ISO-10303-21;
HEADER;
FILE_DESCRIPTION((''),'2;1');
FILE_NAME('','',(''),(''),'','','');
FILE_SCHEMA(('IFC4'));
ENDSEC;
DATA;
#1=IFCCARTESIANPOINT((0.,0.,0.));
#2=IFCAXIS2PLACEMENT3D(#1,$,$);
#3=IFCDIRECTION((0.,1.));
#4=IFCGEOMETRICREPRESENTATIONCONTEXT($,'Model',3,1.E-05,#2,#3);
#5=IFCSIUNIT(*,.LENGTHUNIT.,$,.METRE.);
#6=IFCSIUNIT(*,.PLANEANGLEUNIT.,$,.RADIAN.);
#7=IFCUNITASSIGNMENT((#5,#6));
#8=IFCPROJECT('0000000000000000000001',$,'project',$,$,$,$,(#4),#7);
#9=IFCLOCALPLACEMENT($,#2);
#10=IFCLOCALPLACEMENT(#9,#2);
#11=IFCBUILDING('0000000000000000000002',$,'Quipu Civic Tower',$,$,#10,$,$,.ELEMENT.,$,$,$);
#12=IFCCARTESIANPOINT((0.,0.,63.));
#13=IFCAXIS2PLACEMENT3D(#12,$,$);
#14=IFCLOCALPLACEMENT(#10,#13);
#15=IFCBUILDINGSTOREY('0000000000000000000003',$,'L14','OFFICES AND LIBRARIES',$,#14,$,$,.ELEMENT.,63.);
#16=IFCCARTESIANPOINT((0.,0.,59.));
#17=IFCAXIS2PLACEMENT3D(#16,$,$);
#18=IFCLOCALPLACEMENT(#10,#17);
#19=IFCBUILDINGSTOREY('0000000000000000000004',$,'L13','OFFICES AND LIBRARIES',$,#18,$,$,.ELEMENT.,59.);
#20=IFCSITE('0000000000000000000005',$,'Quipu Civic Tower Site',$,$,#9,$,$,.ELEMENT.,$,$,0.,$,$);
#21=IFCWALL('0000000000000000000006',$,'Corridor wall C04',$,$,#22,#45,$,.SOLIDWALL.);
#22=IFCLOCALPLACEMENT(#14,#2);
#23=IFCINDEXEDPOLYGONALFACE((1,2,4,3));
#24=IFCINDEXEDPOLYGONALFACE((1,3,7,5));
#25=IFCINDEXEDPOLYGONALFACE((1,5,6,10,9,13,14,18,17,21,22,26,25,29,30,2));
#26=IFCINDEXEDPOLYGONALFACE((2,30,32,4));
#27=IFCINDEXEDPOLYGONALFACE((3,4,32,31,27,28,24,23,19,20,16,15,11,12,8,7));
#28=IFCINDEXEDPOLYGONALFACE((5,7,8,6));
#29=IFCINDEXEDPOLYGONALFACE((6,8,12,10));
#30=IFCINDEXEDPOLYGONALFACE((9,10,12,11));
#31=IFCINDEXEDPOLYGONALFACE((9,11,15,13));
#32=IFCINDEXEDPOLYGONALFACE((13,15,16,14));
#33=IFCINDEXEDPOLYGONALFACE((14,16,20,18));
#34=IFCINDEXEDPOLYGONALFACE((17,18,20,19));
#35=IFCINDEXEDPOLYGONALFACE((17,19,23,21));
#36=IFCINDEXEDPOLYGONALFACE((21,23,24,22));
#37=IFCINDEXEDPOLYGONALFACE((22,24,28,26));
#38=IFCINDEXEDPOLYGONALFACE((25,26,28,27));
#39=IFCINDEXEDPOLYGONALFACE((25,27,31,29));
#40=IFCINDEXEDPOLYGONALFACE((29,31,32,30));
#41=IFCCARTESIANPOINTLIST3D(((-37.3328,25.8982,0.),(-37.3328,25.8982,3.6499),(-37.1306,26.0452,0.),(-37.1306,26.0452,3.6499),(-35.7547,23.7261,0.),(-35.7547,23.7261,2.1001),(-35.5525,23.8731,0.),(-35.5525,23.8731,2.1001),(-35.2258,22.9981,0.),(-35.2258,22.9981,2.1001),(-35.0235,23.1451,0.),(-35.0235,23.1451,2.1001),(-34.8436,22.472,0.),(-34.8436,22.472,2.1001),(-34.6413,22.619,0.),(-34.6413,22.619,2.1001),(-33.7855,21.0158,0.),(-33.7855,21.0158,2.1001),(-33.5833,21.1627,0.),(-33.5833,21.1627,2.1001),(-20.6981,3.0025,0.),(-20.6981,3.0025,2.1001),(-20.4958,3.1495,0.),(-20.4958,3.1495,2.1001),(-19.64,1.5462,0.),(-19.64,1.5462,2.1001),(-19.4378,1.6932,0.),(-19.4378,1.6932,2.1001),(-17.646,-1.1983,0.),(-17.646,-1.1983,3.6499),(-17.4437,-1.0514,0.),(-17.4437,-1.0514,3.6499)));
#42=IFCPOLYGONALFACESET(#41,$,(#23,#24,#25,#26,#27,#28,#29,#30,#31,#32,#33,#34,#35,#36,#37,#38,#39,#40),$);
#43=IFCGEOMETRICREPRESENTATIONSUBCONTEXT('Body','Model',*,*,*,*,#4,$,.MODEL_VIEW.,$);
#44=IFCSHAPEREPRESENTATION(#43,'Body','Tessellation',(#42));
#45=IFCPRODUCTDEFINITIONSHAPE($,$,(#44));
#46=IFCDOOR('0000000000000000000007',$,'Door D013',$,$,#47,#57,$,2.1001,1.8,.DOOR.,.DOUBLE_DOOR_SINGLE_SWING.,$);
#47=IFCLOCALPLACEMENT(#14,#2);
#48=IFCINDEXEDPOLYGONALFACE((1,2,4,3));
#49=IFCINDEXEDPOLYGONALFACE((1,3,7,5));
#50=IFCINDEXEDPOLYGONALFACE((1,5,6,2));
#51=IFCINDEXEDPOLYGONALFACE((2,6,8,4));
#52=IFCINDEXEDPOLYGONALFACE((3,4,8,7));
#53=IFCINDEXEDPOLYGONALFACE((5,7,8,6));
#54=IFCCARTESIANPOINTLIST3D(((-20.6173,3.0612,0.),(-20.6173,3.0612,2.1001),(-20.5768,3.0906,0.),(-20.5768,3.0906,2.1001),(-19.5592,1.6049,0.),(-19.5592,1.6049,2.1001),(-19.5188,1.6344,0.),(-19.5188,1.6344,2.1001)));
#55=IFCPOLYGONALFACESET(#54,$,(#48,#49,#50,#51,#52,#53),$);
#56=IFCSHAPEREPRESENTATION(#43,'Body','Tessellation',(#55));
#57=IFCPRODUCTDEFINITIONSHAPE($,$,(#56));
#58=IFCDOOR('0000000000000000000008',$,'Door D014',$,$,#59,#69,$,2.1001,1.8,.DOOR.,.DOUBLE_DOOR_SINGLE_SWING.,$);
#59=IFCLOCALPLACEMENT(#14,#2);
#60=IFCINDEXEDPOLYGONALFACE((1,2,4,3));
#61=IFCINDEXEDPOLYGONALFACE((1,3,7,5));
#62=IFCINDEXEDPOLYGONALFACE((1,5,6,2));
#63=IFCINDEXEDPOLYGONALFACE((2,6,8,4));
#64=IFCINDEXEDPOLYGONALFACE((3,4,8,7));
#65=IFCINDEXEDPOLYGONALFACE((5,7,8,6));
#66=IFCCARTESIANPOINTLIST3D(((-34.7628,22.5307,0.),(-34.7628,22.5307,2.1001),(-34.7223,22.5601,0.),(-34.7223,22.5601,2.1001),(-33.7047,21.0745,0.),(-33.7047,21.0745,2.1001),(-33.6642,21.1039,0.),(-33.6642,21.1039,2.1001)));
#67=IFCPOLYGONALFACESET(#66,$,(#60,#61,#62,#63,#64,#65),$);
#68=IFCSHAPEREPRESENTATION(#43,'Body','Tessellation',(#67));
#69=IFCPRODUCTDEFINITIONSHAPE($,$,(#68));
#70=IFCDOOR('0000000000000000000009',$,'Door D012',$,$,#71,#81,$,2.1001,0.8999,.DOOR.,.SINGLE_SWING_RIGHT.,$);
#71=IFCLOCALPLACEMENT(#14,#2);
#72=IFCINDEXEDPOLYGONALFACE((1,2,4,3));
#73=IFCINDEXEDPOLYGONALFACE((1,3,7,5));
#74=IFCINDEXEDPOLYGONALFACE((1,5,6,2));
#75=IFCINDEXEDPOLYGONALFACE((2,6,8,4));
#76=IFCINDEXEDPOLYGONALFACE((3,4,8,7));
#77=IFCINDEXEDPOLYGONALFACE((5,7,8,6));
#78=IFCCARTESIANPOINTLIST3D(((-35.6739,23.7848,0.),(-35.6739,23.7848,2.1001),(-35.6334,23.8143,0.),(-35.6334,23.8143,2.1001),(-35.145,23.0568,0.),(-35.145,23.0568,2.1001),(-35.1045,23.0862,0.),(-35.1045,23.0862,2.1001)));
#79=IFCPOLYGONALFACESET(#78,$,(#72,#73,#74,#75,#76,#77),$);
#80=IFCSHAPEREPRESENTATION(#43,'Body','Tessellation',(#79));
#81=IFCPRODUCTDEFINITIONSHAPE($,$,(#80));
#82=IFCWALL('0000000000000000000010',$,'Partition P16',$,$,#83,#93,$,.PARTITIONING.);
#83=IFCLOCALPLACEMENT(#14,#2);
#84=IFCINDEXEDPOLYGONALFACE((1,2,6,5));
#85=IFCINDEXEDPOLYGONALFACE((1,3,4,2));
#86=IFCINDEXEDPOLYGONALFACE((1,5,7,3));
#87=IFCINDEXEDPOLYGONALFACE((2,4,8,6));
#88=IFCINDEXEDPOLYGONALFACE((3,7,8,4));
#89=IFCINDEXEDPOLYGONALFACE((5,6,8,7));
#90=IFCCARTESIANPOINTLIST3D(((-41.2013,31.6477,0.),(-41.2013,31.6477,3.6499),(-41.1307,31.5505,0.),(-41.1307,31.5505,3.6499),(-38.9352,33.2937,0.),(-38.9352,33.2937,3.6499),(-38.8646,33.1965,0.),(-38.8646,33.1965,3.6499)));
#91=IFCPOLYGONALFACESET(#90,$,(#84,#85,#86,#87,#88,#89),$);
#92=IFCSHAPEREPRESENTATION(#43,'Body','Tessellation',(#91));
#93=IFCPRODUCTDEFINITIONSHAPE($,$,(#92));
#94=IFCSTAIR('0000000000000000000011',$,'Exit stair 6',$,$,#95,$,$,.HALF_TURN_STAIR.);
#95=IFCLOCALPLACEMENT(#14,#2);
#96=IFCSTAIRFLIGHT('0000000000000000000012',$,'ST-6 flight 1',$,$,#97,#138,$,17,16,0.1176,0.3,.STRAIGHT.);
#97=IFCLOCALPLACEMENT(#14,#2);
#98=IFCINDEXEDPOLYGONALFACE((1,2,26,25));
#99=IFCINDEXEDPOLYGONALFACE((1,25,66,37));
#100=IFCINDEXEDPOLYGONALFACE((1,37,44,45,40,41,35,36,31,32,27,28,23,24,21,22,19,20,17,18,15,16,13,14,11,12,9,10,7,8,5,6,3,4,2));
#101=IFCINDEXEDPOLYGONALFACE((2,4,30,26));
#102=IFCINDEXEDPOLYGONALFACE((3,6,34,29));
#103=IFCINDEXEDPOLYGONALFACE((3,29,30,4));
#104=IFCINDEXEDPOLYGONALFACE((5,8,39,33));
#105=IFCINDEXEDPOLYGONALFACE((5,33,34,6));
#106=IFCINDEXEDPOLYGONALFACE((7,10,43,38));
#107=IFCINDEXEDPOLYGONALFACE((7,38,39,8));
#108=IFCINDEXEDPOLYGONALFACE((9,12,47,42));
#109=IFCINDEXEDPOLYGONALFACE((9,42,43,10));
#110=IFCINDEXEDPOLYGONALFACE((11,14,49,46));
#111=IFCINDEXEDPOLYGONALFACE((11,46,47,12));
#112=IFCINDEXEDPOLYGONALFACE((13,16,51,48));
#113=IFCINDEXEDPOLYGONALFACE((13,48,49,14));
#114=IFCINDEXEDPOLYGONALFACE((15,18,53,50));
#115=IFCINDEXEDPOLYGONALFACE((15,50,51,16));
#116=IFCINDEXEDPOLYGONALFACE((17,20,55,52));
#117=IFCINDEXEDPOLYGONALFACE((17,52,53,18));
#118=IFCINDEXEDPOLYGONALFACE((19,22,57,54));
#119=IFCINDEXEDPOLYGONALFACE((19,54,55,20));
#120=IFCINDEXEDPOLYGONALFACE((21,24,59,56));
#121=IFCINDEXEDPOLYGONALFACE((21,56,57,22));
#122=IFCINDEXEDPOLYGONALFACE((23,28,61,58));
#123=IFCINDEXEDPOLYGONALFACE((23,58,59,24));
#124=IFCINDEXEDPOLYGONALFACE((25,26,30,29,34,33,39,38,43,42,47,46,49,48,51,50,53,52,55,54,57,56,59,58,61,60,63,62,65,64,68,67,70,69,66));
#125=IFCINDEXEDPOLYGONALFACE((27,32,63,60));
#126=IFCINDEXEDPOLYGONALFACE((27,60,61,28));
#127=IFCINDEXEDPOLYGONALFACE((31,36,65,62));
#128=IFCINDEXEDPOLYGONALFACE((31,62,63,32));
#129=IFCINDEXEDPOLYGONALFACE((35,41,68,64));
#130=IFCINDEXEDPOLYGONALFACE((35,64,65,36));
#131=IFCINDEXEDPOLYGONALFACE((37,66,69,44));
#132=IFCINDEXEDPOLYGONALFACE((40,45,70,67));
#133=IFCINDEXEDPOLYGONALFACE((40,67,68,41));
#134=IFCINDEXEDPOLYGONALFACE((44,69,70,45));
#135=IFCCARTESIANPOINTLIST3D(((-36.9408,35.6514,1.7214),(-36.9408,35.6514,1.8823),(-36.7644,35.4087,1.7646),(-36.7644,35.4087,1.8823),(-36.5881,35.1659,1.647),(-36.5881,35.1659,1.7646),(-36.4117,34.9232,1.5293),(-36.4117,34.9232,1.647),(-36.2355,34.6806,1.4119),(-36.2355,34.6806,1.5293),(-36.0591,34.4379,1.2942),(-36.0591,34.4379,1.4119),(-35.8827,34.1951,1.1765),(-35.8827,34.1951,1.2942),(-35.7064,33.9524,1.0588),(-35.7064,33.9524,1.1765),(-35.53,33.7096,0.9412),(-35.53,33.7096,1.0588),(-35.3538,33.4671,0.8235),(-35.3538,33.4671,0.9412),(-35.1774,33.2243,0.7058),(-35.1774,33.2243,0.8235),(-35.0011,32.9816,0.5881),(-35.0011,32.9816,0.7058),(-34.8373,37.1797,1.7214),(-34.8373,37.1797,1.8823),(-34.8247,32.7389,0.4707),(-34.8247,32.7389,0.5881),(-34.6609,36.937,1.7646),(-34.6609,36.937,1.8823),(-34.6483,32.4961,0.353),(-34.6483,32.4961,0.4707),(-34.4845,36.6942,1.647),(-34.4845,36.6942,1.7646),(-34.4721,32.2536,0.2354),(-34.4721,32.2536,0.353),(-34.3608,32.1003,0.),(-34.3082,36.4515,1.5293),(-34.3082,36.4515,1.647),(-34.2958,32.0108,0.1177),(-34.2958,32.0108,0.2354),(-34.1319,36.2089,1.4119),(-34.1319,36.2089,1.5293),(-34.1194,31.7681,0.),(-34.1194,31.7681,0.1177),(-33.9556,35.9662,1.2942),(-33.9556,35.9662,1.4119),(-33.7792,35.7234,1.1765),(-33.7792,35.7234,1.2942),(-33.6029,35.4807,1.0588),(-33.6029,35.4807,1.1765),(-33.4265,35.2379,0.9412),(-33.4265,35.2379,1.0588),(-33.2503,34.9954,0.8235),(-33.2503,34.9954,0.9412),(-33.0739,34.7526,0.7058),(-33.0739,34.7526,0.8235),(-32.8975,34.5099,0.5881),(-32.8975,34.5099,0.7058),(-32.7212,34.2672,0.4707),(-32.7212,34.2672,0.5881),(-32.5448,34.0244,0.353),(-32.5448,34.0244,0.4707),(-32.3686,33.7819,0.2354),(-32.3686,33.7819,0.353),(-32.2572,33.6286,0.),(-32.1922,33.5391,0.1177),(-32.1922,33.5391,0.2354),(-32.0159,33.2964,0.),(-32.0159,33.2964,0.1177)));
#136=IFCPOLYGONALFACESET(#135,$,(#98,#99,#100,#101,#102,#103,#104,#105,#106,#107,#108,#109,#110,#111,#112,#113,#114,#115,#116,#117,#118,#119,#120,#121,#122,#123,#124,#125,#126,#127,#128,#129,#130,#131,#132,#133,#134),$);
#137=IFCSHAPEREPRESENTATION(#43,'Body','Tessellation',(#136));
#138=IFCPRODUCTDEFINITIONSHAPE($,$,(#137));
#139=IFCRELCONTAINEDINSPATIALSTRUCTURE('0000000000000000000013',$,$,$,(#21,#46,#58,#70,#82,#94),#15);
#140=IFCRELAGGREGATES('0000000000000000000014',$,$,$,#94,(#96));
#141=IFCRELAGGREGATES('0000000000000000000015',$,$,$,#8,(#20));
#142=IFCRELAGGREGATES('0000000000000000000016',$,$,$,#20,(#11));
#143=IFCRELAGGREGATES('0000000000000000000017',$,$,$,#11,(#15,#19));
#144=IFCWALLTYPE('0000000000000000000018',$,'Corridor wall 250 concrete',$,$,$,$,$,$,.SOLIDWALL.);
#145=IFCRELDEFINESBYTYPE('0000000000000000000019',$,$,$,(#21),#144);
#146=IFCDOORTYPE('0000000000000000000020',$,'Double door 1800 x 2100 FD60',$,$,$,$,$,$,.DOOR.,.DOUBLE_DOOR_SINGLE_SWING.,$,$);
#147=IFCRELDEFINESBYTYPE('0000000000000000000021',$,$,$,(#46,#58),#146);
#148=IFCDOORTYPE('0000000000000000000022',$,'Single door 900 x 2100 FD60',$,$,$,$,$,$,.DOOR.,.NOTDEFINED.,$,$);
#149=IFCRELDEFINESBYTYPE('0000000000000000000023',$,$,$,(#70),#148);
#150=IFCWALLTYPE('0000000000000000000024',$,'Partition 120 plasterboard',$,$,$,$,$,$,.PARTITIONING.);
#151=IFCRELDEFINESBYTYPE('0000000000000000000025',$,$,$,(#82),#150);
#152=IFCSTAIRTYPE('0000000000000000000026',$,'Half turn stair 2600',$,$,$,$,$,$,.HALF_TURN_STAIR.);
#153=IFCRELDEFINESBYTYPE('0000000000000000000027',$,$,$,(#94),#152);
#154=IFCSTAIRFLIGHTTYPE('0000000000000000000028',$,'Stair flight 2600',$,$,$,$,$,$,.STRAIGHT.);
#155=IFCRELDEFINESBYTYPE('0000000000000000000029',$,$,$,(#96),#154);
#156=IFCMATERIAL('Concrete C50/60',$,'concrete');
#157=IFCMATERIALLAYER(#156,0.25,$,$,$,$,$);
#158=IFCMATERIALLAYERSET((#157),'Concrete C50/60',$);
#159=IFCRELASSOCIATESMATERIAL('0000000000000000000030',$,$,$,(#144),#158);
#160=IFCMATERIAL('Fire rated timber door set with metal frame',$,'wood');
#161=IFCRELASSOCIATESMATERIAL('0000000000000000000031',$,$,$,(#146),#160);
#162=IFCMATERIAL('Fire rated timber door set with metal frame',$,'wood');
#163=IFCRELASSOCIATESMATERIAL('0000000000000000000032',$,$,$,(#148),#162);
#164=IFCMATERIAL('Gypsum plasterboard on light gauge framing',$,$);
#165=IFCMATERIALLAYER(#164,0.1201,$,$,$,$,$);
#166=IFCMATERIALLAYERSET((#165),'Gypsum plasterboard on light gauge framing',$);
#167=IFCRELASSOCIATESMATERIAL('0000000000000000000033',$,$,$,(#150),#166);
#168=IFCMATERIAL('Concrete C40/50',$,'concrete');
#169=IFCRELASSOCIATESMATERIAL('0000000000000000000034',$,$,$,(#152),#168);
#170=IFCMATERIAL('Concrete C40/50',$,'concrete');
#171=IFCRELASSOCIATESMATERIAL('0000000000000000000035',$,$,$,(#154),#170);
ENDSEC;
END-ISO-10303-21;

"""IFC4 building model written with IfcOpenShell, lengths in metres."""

from ifc_helpers import new_model, si_unit, direction, frame, frame_2d, origin, place, context, subcontext, project, spatial, polyline, rectangle, outline, extrude, material, layer, layer_set, type_object, element, fill, aggregate, save


model = new_model("IFC4")

# Units and contexts
model_context = context("Model", 3, precision=1e-05, world=origin(), true_north=direction((0.0, 1.0)))
body_context = subcontext(model_context, "Body", "Model", "MODEL_VIEW")
ifc_project = project(units=[si_unit("LENGTHUNIT", "METRE"), si_unit("PLANEANGLEUNIT", "RADIAN")], contexts=[model_context])

# Site, building, storey
site_placement = place(None, origin())
site = spatial("IfcSite", under=ifc_project, at=site_placement, Name="Quipu Civic Tower Site", CompositionType="ELEMENT", RefElevation=0.0)
building_placement = place(site_placement, origin())
building = spatial("IfcBuilding", under=site, at=building_placement, Name="Quipu Civic Tower", CompositionType="ELEMENT")
storey_1_placement = place(building_placement, frame((0.0, 0.0, 63.0)))
storey_1 = spatial("IfcBuildingStorey", under=building, at=storey_1_placement, Name="L14", Description="OFFICES AND LIBRARIES", CompositionType="ELEMENT", Elevation=63.0)

# Shared definitions
storey_2_placement = place(building_placement, frame((0.0, 0.0, 59.0)))
storey_2 = spatial("IfcBuildingStorey", under=building, at=storey_2_placement, Name="L13", Description="OFFICES AND LIBRARIES", CompositionType="ELEMENT", Elevation=59.0)

# Wall, openings, doors
ifc_material_1 = material(Name="Concrete C50/60", Category="concrete")
ifc_layer_1 = layer(ifc_material_1, 0.25)
ifc_layer_set_1 = layer_set([ifc_layer_1], Name="Concrete C50/60")
wall_type_1 = type_object("IfcWallType", Name="Corridor wall 250 concrete", PredefinedType="SOLIDWALL", material=ifc_layer_set_1)
wall_1_placement = place(storey_1_placement, frame((-37.2317, 25.9717, 0.0), z_axis=(0.0, 0.0, 1.0), x_axis=(0.587786, -0.809016, 0.0)))
wall_1 = element("IfcWall", 1, at=wall_1_placement, inside=storey_1, type_object=wall_type_1, Name="Corridor wall C04", PredefinedType="SOLIDWALL", context=body_context, shape_type="SweptSolid", body=[
    extrude(rectangle(XDim=33.4932, YDim=0.25, at=frame_2d((16.7466, 0.0))), origin(), (0.0, 0.0, 1.0), 3.6499),
])
opening_1_placement = place(wall_1_placement, frame((28.3008, 0.0, 0.0)))
opening_1 = element("IfcOpeningElement", 2, at=opening_1_placement, cuts=wall_1, PredefinedType="OPENING", context=body_context, shape_type="SweptSolid", body=[
    extrude(rectangle(XDim=1.8, YDim=2.1001, at=frame_2d((0.8999, 1.05))), frame((0.0, 0.135, 0.0), z_axis=(0.0, -1.0, 0.0), x_axis=(1.0, 0.0, 0.0)), (0.0, 0.0, 1.0), 0.27),
])
opening_2_placement = place(wall_1_placement, frame((4.2351, 0.0, 0.0)))
opening_2 = element("IfcOpeningElement", 3, at=opening_2_placement, cuts=wall_1, PredefinedType="OPENING", context=body_context, shape_type="SweptSolid", body=[
    extrude(rectangle(XDim=1.8, YDim=2.1001, at=frame_2d((0.8999, 1.05))), frame((0.0, 0.135, 0.0), z_axis=(0.0, -1.0, 0.0), x_axis=(1.0, 0.0, 0.0)), (0.0, 0.0, 1.0), 0.27),
])
opening_3_placement = place(wall_1_placement, frame((2.6848, 0.0, 0.0)))
opening_3 = element("IfcOpeningElement", 4, at=opening_3_placement, cuts=wall_1, PredefinedType="OPENING", context=body_context, shape_type="SweptSolid", body=[
    extrude(rectangle(XDim=0.8999, YDim=2.1001, at=frame_2d((0.45, 1.05))), frame((0.0, 0.135, 0.0), z_axis=(0.0, -1.0, 0.0), x_axis=(1.0, 0.0, 0.0)), (0.0, 0.0, 1.0), 0.27),
])
ifc_material_2 = material(Name="Fire rated timber door set with metal frame", Category="wood")
door_type_1 = type_object("IfcDoorType", Name="Double door 1800 x 2100 FD60", OperationType="DOUBLE_DOOR_SINGLE_SWING", PredefinedType="DOOR", material=ifc_material_2)
door_1_placement = place(opening_1_placement, origin())
door_1 = element("IfcDoor", 5, at=door_1_placement, inside=storey_1, type_object=door_type_1, Name="Door D013", OperationType="DOUBLE_DOOR_SINGLE_SWING", OverallHeight=2.1001, OverallWidth=1.8, PredefinedType="DOOR", context=body_context, shape_type="SweptSolid", body=[
    extrude(rectangle(XDim=1.8, YDim=2.1001, at=frame_2d((0.8999, 1.05))), frame((0.0, 0.0249, 0.0), z_axis=(0.0, -1.0, 0.0), x_axis=(1.0, 0.0, 0.0)), (0.0, 0.0, 1.0), 0.05),
])
fill(opening_1, door_1)
door_2_placement = place(opening_2_placement, origin())
door_2 = element("IfcDoor", 6, at=door_2_placement, inside=storey_1, type_object=door_type_1, Name="Door D014", OperationType="DOUBLE_DOOR_SINGLE_SWING", OverallHeight=2.1001, OverallWidth=1.8, PredefinedType="DOOR", context=body_context, shape_type="SweptSolid", body=[
    extrude(rectangle(XDim=1.8, YDim=2.1001, at=frame_2d((0.8999, 1.05))), frame((0.0, 0.0249, 0.0), z_axis=(0.0, -1.0, 0.0), x_axis=(1.0, 0.0, 0.0)), (0.0, 0.0, 1.0), 0.05),
])
fill(opening_2, door_2)
ifc_material_3 = material(Name="Fire rated timber door set with metal frame", Category="wood")
door_type_2 = type_object("IfcDoorType", Name="Single door 900 x 2100 FD60", OperationType="NOTDEFINED", PredefinedType="DOOR", material=ifc_material_3)
door_3_placement = place(opening_3_placement, origin())
door_3 = element("IfcDoor", 7, at=door_3_placement, inside=storey_1, type_object=door_type_2, Name="Door D012", OperationType="SINGLE_SWING_RIGHT", OverallHeight=2.1001, OverallWidth=0.8999, PredefinedType="DOOR", context=body_context, shape_type="SweptSolid", body=[
    extrude(rectangle(XDim=0.8999, YDim=2.1001, at=frame_2d((0.45, 1.05))), frame((0.0, 0.0249, 0.0), z_axis=(0.0, -1.0, 0.0), x_axis=(1.0, 0.0, 0.0)), (0.0, 0.0, 1.0), 0.05),
])
fill(opening_3, door_3)

# Wall
ifc_material_4 = material(Name="Gypsum plasterboard on light gauge framing")
ifc_layer_2 = layer(ifc_material_4, 0.1201)
ifc_layer_set_2 = layer_set([ifc_layer_2], Name="Gypsum plasterboard on light gauge framing")
wall_type_2 = type_object("IfcWallType", Name="Partition 120 plasterboard", PredefinedType="PARTITIONING", material=ifc_layer_set_2)
wall_2_placement = place(storey_1_placement, frame((-41.166, 31.5991, 0.0), z_axis=(0.0, 0.0, 1.0), x_axis=(0.80909, 0.587684, 0.0)))
element("IfcWall", 8, at=wall_2_placement, inside=storey_1, type_object=wall_type_2, Name="Partition P16", PredefinedType="PARTITIONING", context=body_context, shape_type="SweptSolid", body=[
    extrude(rectangle(XDim=2.8008, YDim=0.1201, at=frame_2d((1.4004, 0.0))), origin(), (0.0, 0.0, 1.0), 3.6499),
])

# Stair, stair flight
ifc_material_5 = material(Name="Concrete C40/50", Category="concrete")
stair_type = type_object("IfcStairType", Name="Half turn stair 2600", PredefinedType="HALF_TURN_STAIR", material=ifc_material_5)
stair_placement = place(storey_1_placement, origin())
stair = element("IfcStair", 9, at=stair_placement, inside=storey_1, type_object=stair_type, Name="Exit stair 6", PredefinedType="HALF_TURN_STAIR")
ifc_material_6 = material(Name="Concrete C40/50", Category="concrete")
stair_flight_type = type_object("IfcStairFlightType", Name="Stair flight 2600", PredefinedType="STRAIGHT", material=ifc_material_6)
stair_flight_1_placement = place(storey_1_placement, frame((-33.0676, 32.5322, 0.0), z_axis=(0.0, 0.0, 1.0), x_axis=(-0.587785, 0.809017, 0.0)))
stair_flight_1 = element("IfcStairFlight", 10, at=stair_flight_1_placement, type_object=stair_flight_type, Name="ST-6 flight 1", NumberOfRisers=17, NumberOfTreads=16, PredefinedType="STRAIGHT", RiserHeight=0.1176, TreadLength=0.3, context=body_context, shape_type="SweptSolid", body=[
    extrude(outline(polyline([(0.0, 0.0), (0.0, 0.1177), (0.3, 0.1177), (0.3, 0.2354), (0.6001, 0.2354), (0.6001, 0.353), (0.8999, 0.353), (0.8999, 0.4707), (1.2, 0.4707), (1.2, 0.5881), (1.5, 0.5881), (1.5, 0.7058), (1.8, 0.7058), (1.8, 0.8235), (2.1001, 0.8235), (2.1001, 0.9412), (2.3999, 0.9412), (2.3999, 1.0588), (2.7, 1.0588), (2.7, 1.1765), (3.0, 1.1765), (3.0, 1.2942), (3.3, 1.2942), (3.3, 1.4119), (3.6001, 1.4119), (3.6001, 1.5293), (3.8999, 1.5293), (3.8999, 1.647), (4.2, 1.647), (4.2, 1.7646), (4.5, 1.7646), (4.5, 1.8823), (4.8, 1.8823), (4.8, 2.0), (4.8, 1.7214), (0.4106, 0.0), (0.0, 0.0)])), frame((0.0, 1.3, 0.0), z_axis=(0.0, -1.0, 0.0), x_axis=(1.0, 0.0, 0.0)), (0.0, 0.0, 1.0), 2.6001),
])
aggregate(stair, [stair_flight_1])

save(model, "model.ifc")
